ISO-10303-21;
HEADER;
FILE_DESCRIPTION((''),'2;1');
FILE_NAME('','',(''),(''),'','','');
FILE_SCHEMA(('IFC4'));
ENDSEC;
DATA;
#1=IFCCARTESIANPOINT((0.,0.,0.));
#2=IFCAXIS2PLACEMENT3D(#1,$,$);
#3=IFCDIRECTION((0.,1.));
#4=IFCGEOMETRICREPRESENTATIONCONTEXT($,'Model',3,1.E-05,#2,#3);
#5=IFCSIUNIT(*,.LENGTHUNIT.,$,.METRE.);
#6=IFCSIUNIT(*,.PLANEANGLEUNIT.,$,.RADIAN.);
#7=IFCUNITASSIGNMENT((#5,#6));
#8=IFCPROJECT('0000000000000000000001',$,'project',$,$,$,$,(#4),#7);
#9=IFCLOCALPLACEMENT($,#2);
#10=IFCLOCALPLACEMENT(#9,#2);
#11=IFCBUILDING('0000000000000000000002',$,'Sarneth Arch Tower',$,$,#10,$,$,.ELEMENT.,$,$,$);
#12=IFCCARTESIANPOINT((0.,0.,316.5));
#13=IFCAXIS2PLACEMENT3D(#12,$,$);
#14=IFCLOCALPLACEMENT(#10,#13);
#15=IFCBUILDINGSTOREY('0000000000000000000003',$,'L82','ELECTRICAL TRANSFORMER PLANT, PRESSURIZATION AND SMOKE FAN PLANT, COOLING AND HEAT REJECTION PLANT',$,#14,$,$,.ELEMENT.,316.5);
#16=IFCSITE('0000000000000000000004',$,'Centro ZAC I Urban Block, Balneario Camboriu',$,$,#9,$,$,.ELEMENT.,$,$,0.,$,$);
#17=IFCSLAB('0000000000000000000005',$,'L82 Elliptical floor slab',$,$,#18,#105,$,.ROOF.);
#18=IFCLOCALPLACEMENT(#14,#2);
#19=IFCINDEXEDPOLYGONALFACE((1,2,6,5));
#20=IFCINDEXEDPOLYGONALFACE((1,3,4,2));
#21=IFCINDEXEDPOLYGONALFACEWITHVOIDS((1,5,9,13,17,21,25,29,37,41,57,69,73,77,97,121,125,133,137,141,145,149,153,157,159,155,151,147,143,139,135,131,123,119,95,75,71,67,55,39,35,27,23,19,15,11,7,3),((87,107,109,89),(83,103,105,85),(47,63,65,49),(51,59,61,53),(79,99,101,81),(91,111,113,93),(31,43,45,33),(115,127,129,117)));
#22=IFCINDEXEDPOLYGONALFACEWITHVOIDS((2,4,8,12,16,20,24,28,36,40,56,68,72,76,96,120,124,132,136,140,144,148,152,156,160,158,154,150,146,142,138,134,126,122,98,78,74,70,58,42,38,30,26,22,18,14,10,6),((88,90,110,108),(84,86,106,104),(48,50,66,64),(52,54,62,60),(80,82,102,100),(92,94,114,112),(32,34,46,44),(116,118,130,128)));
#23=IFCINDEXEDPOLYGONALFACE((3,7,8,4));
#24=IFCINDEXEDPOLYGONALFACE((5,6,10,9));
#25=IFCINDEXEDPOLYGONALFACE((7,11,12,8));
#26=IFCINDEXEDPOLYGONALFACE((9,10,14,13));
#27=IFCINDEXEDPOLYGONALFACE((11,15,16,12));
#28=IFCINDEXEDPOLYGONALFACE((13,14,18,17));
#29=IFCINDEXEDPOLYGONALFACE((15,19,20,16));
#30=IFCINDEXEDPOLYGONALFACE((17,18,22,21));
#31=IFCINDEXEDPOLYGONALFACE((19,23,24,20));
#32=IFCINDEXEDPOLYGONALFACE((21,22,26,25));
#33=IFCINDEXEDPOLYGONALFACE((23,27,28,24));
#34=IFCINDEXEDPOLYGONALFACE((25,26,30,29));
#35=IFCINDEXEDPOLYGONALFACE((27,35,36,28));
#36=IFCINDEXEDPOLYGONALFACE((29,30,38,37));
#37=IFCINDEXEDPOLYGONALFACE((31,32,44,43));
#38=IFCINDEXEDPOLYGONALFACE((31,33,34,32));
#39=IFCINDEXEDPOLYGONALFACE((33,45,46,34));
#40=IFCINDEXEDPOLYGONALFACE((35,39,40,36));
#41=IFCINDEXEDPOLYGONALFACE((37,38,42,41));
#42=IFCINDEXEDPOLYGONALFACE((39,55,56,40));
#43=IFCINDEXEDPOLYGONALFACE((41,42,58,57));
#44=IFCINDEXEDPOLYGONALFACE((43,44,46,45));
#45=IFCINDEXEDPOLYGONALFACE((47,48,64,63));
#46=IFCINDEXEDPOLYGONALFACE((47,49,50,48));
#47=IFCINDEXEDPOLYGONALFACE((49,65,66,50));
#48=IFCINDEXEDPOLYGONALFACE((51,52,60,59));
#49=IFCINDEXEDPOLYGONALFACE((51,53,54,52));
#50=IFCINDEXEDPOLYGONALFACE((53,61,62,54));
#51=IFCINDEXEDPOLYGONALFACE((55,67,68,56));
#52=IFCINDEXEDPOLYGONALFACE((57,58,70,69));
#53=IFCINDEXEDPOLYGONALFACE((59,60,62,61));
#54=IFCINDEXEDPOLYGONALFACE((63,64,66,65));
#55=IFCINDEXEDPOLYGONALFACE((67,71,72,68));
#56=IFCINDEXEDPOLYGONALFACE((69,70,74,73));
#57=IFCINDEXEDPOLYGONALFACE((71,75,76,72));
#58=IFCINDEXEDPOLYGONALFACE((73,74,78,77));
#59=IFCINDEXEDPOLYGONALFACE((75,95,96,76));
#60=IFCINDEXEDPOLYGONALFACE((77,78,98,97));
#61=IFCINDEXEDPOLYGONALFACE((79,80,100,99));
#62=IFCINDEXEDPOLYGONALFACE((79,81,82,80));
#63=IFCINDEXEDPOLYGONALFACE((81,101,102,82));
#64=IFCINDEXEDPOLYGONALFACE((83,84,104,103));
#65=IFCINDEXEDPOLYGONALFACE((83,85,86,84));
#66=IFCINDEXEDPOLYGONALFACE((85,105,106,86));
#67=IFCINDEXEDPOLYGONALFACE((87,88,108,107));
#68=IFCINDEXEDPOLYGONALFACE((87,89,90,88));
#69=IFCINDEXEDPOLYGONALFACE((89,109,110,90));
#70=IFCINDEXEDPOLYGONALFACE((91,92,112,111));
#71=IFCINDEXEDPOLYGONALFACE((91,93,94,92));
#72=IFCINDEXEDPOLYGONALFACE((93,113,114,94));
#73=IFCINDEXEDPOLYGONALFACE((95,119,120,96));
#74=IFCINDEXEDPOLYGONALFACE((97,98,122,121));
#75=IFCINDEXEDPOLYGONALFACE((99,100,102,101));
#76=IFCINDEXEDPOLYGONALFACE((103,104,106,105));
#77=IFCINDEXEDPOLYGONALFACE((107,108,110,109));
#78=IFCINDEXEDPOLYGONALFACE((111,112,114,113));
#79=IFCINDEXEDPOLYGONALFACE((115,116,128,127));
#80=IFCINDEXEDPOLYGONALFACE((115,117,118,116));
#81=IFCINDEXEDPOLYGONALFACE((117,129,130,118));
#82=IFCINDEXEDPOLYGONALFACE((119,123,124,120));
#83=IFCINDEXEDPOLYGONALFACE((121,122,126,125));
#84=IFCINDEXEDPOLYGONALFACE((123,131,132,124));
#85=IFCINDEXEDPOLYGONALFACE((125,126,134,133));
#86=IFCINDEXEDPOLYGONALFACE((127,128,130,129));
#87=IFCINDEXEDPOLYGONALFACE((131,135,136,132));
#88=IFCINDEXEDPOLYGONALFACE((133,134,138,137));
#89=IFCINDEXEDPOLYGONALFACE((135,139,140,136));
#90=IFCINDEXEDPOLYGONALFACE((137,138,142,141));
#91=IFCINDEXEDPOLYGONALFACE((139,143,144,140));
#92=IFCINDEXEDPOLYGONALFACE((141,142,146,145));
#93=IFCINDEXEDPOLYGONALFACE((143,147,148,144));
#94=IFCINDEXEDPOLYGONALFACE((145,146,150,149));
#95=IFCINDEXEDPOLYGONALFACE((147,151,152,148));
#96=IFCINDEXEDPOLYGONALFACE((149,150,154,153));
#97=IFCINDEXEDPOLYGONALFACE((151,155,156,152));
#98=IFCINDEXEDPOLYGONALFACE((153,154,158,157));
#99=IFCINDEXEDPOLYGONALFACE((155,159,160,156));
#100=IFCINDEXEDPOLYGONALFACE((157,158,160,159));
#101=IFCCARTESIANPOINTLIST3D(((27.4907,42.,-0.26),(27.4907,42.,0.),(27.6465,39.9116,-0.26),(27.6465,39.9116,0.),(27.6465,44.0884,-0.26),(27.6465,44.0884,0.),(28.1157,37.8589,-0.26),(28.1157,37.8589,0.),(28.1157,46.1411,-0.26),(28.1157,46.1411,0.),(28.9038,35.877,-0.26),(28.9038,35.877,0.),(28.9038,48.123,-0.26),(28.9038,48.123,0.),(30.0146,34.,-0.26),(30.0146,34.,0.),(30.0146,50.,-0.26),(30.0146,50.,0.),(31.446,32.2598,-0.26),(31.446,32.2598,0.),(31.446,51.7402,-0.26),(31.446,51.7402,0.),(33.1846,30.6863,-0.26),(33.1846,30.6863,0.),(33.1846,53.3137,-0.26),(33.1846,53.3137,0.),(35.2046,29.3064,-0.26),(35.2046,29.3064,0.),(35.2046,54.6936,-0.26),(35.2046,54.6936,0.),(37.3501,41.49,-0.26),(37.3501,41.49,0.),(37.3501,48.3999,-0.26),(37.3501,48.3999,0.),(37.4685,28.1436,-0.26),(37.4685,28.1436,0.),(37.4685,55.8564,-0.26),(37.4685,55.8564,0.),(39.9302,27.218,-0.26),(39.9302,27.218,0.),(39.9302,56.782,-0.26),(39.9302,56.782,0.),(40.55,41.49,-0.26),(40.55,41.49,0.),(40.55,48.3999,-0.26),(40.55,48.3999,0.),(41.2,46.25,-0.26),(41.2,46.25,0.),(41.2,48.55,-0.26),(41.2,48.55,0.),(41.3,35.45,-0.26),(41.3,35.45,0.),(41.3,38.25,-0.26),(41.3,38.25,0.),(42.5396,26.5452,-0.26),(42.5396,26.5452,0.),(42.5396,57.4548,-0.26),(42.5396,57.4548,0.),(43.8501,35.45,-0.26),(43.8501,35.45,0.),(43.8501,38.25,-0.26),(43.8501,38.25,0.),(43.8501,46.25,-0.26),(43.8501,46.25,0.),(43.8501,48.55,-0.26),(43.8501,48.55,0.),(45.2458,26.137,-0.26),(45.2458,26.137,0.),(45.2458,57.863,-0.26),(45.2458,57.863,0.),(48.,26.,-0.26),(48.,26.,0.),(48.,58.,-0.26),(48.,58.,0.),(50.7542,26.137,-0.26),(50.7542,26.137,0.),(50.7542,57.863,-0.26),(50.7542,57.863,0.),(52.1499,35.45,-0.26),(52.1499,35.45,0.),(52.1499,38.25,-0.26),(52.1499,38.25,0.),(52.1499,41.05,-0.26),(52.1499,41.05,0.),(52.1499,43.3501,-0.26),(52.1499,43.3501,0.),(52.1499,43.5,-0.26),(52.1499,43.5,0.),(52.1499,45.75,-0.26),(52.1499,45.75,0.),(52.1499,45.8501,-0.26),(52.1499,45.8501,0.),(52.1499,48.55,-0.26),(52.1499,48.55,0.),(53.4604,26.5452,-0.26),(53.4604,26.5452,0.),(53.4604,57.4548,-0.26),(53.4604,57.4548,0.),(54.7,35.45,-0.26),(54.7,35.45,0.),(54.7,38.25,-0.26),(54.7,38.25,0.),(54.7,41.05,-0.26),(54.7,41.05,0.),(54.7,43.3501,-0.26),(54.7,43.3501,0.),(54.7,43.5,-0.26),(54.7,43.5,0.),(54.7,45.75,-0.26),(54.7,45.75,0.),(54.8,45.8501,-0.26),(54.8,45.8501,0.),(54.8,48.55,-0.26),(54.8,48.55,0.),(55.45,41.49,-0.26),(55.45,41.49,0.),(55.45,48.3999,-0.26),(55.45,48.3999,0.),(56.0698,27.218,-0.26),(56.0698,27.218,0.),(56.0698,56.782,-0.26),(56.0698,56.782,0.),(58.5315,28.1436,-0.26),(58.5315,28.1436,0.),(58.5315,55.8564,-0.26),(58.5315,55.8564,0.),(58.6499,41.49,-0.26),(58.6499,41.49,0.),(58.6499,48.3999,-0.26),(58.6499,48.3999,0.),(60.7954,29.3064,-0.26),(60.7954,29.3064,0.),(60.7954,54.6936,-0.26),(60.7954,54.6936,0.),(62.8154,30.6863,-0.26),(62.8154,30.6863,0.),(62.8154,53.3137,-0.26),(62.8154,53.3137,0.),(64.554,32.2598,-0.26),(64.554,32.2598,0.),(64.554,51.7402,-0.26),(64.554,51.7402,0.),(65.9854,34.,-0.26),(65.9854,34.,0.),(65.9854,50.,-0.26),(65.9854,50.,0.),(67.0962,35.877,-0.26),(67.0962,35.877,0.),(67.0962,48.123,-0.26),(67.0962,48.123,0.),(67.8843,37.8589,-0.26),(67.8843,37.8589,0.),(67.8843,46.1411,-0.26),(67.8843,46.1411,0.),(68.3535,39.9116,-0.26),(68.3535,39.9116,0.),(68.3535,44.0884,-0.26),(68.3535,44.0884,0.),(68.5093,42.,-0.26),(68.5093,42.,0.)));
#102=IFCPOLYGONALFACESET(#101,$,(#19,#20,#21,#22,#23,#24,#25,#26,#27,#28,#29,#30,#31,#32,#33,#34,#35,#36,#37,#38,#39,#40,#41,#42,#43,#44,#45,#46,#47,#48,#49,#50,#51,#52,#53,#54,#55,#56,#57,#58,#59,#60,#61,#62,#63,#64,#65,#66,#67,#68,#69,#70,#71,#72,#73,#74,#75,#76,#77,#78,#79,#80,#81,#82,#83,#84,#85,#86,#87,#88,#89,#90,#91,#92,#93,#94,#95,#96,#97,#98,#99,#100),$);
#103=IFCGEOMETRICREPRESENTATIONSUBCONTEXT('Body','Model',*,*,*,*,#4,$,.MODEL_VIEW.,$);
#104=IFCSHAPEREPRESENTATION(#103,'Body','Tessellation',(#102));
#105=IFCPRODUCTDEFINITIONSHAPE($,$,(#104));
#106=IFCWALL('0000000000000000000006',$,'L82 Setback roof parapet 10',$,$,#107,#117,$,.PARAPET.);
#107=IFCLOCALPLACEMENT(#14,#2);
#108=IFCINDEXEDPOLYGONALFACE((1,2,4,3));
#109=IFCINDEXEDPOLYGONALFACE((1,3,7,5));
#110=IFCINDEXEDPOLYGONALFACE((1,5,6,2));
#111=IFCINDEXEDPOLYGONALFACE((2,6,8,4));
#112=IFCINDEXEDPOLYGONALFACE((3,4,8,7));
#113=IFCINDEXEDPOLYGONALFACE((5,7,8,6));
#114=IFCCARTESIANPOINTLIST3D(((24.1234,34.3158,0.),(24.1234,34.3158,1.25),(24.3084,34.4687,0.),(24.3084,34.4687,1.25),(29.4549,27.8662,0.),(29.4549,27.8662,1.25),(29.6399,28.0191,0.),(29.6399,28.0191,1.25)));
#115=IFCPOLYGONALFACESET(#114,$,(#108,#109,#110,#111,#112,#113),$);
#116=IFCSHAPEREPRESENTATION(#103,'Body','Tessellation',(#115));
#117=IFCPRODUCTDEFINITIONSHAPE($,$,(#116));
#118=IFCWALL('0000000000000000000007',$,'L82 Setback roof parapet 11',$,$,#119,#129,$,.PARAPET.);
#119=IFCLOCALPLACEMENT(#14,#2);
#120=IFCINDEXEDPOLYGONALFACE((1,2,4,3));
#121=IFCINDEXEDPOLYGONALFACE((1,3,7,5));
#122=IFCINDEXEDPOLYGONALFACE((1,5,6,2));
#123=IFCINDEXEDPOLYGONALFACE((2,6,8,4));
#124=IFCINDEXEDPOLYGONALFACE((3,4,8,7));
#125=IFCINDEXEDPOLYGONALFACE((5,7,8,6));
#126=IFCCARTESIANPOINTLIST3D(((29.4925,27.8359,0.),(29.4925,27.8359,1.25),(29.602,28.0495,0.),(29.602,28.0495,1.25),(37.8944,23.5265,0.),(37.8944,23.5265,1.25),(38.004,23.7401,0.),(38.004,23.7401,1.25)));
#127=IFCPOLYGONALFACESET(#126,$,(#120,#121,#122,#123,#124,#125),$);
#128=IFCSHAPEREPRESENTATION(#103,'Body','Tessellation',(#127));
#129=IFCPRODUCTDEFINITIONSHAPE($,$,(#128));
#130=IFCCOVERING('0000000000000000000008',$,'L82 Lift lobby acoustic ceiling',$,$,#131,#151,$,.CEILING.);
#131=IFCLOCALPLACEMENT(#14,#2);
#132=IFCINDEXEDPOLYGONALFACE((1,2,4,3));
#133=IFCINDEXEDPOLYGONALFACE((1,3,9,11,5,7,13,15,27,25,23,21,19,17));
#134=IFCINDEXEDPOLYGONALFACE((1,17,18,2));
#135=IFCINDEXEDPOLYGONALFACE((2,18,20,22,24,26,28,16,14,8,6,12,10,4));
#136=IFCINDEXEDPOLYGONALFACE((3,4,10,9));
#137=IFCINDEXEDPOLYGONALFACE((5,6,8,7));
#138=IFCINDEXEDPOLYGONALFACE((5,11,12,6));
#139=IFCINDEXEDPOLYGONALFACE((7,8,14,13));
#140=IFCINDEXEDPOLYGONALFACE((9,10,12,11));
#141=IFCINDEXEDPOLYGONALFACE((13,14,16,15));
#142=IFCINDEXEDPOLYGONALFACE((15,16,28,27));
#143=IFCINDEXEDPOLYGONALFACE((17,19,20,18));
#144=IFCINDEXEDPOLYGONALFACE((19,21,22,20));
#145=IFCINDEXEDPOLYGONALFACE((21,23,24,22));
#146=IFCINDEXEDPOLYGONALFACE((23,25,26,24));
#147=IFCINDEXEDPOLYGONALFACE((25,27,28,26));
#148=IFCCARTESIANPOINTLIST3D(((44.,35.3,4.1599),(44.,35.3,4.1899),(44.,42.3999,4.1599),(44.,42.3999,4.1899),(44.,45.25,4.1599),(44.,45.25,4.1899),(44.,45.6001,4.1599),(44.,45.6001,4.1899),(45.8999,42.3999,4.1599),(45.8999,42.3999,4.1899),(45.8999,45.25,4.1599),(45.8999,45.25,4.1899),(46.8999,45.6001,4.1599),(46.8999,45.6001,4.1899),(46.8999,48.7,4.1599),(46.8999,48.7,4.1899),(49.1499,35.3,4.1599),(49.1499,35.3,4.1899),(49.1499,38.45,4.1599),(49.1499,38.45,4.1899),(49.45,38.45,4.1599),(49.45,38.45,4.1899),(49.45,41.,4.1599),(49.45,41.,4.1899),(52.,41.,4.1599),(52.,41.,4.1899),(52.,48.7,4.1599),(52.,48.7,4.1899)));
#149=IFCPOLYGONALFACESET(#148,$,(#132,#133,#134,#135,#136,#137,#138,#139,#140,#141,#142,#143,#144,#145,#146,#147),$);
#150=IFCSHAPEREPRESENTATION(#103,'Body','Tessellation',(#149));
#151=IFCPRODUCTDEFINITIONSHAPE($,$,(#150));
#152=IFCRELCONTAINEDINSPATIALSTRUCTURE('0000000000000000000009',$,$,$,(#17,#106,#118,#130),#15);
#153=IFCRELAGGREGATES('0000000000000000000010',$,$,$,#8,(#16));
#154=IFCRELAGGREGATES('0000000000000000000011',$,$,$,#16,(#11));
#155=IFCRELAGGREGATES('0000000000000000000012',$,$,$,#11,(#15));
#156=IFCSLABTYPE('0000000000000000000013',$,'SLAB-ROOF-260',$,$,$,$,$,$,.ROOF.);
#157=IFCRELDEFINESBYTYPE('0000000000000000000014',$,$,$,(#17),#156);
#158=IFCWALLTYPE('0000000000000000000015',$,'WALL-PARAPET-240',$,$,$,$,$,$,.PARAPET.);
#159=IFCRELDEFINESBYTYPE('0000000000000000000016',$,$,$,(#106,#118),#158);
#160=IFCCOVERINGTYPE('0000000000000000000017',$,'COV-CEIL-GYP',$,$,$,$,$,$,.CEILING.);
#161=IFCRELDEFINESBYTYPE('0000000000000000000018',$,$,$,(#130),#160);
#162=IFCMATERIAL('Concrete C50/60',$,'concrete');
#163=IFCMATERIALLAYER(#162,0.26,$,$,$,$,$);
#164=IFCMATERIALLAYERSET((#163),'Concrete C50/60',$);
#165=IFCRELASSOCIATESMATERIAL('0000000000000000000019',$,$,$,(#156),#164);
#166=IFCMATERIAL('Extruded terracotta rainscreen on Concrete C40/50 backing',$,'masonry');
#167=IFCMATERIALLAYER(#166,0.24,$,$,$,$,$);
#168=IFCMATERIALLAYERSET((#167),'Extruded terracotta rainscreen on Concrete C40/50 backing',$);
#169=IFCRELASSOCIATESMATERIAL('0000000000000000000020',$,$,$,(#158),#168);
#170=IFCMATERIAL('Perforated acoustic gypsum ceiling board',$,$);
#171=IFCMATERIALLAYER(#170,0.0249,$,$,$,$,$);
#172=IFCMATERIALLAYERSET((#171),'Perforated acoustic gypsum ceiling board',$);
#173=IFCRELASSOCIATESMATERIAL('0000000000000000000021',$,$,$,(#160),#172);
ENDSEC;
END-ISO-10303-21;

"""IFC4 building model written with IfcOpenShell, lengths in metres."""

from ifc_helpers import new_model, si_unit, direction, frame, frame_2d, origin, place, context, subcontext, project, spatial, polyline, rectangle, outline, extrude, material, layer, layer_set, type_object, element, save


model = new_model("IFC4")

# Units and contexts
model_context = context("Model", 3, precision=1e-05, world=origin(), true_north=direction((0.0, 1.0)))
body_context = subcontext(model_context, "Body", "Model", "MODEL_VIEW")
ifc_project = project(units=[si_unit("LENGTHUNIT", "METRE"), si_unit("PLANEANGLEUNIT", "RADIAN")], contexts=[model_context])

# Site, building, storey
site_placement = place(None, origin())
site = spatial("IfcSite", under=ifc_project, at=site_placement, Name="Centro ZAC I Urban Block, Balneario Camboriu", CompositionType="ELEMENT", RefElevation=0.0)
building_placement = place(site_placement, origin())
building = spatial("IfcBuilding", under=site, at=building_placement, Name="Sarneth Arch Tower", CompositionType="ELEMENT")
storey_placement = place(building_placement, frame((0.0, 0.0, 316.5)))
storey = spatial("IfcBuildingStorey", under=building, at=storey_placement, Name="L82", Description="ELECTRICAL TRANSFORMER PLANT, PRESSURIZATION AND SMOKE FAN PLANT, COOLING AND HEAT REJECTION PLANT", CompositionType="ELEMENT", Elevation=316.5)

# Slab
ifc_material_1 = material(Name="Concrete C50/60", Category="concrete")
ifc_layer_1 = layer(ifc_material_1, 0.26)
ifc_layer_set_1 = layer_set([ifc_layer_1], Name="Concrete C50/60")
slab_type_1 = type_object("IfcSlabType", Name="SLAB-ROOF-260", PredefinedType="ROOF", material=ifc_layer_set_1)
slab_1_placement = place(storey_placement, frame((0.0, 0.0, -0.26)))
element("IfcSlab", 1, at=slab_1_placement, inside=storey, type_object=slab_type_1, Name="L82 Elliptical floor slab", PredefinedType="ROOF", context=body_context, shape_type="SweptSolid", body=[
    extrude(outline(polyline([(68.5093, 42.0), (68.3535, 44.0884), (67.8843, 46.1411), (67.0962, 48.123), (65.9854, 50.0), (64.554, 51.7402), (62.8154, 53.3137), (60.7954, 54.6936), (58.5315, 55.8564), (56.0698, 56.782), (53.4604, 57.4548), (50.7542, 57.863), (48.0, 58.0), (45.2458, 57.863), (42.5396, 57.4548), (39.9302, 56.782), (37.4685, 55.8564), (35.2046, 54.6936), (33.1846, 53.3137), (31.446, 51.7402), (30.0146, 50.0), (28.9038, 48.123), (28.1157, 46.1411), (27.6465, 44.0884), (27.4907, 42.0), (27.6465, 39.9116), (28.1157, 37.8589), (28.9038, 35.877), (30.0146, 34.0), (31.446, 32.2598), (33.1846, 30.6863), (35.2046, 29.3064), (37.4685, 28.1436), (39.9302, 27.218), (42.5396, 26.5452), (45.2458, 26.137), (48.0, 26.0), (50.7542, 26.137), (53.4604, 26.5452), (56.0698, 27.218), (58.5315, 28.1436), (60.7954, 29.3064), (62.8154, 30.6863), (64.554, 32.2598), (65.9854, 34.0), (67.0962, 35.877), (67.8843, 37.8589), (68.3535, 39.9116), (68.5093, 42.0)]), holes=[polyline([(37.3501, 41.49), (40.55, 41.49), (40.55, 48.3999), (37.3501, 48.3999), (37.3501, 41.49)]), polyline([(55.45, 41.49), (58.6499, 41.49), (58.6499, 48.3999), (55.45, 48.3999), (55.45, 41.49)]), polyline([(41.2, 46.25), (43.8501, 46.25), (43.8501, 48.55), (41.2, 48.55), (41.2, 46.25)]), polyline([(41.3, 35.45), (43.8501, 35.45), (43.8501, 38.25), (41.3, 38.25), (41.3, 35.45)]), polyline([(52.1499, 35.45), (54.7, 35.45), (54.7, 38.25), (52.1499, 38.25), (52.1499, 35.45)]), polyline([(52.1499, 45.8501), (54.8, 45.8501), (54.8, 48.55), (52.1499, 48.55), (52.1499, 45.8501)]), polyline([(52.1499, 41.05), (54.7, 41.05), (54.7, 43.3501), (52.1499, 43.3501), (52.1499, 41.05)]), polyline([(52.1499, 43.5), (54.7, 43.5), (54.7, 45.75), (52.1499, 45.75), (52.1499, 43.5)])]), origin(), (0.0, 0.0, 1.0), 0.26),
])

# Walls
ifc_material_2 = material(Name="Extruded terracotta rainscreen on Concrete C40/50 backing", Category="masonry")
ifc_layer_2 = layer(ifc_material_2, 0.24)
ifc_layer_set_2 = layer_set([ifc_layer_2], Name="Extruded terracotta rainscreen on Concrete C40/50 backing")
wall_type = type_object("IfcWallType", Name="WALL-PARAPET-240", PredefinedType="PARAPET", material=ifc_layer_set_2)
wall_1_placement = place(storey_placement, frame((24.2158, 34.3923, 0.0), z_axis=(0.0, 0.0, 1.0), x_axis=(0.637132, -0.770755, 0.0)))
element("IfcWall", 2, at=wall_1_placement, inside=storey, type_object=wall_type, Name="L82 Setback roof parapet 10", PredefinedType="PARAPET", context=body_context, shape_type="SweptSolid", body=[
    extrude(rectangle(XDim=8.3679, YDim=0.24, at=frame_2d((4.1841, 0.0))), origin(), (0.0, 0.0, 1.0), 1.25),
])
wall_2_placement = place(storey_placement, frame((29.5474, 27.9426, 0.0), z_axis=(0.0, 0.0, 1.0), x_axis=(0.889788, -0.456374, 0.0)))
element("IfcWall", 3, at=wall_2_placement, inside=storey, type_object=wall_type, Name="L82 Setback roof parapet 11", PredefinedType="PARAPET", context=body_context, shape_type="SweptSolid", body=[
    extrude(rectangle(XDim=9.4426, YDim=0.24, at=frame_2d((4.7212, 0.0))), origin(), (0.0, 0.0, 1.0), 1.25),
])

# Covering
ifc_material_3 = material(Name="Perforated acoustic gypsum ceiling board")
ifc_layer_3 = layer(ifc_material_3, 0.0249)
ifc_layer_set_3 = layer_set([ifc_layer_3], Name="Perforated acoustic gypsum ceiling board")
covering_type = type_object("IfcCoveringType", Name="COV-CEIL-GYP", PredefinedType="CEILING", material=ifc_layer_set_3)
covering_placement = place(storey_placement, frame((0.0, 0.0, 4.1599)))
element("IfcCovering", 4, at=covering_placement, inside=storey, type_object=covering_type, Name="L82 Lift lobby acoustic ceiling", PredefinedType="CEILING", context=body_context, shape_type="SweptSolid", body=[
    extrude(outline(polyline([(49.45, 41.0), (49.45, 38.45), (49.1499, 38.45), (49.1499, 35.3), (44.0, 35.3), (44.0, 42.3999), (45.8999, 42.3999), (45.8999, 45.25), (44.0, 45.25), (44.0, 45.6001), (46.8999, 45.6001), (46.8999, 48.7), (52.0, 48.7), (52.0, 41.0), (49.45, 41.0)])), origin(), (0.0, 0.0, 1.0), 0.03),
])

save(model, "model.ifc")
